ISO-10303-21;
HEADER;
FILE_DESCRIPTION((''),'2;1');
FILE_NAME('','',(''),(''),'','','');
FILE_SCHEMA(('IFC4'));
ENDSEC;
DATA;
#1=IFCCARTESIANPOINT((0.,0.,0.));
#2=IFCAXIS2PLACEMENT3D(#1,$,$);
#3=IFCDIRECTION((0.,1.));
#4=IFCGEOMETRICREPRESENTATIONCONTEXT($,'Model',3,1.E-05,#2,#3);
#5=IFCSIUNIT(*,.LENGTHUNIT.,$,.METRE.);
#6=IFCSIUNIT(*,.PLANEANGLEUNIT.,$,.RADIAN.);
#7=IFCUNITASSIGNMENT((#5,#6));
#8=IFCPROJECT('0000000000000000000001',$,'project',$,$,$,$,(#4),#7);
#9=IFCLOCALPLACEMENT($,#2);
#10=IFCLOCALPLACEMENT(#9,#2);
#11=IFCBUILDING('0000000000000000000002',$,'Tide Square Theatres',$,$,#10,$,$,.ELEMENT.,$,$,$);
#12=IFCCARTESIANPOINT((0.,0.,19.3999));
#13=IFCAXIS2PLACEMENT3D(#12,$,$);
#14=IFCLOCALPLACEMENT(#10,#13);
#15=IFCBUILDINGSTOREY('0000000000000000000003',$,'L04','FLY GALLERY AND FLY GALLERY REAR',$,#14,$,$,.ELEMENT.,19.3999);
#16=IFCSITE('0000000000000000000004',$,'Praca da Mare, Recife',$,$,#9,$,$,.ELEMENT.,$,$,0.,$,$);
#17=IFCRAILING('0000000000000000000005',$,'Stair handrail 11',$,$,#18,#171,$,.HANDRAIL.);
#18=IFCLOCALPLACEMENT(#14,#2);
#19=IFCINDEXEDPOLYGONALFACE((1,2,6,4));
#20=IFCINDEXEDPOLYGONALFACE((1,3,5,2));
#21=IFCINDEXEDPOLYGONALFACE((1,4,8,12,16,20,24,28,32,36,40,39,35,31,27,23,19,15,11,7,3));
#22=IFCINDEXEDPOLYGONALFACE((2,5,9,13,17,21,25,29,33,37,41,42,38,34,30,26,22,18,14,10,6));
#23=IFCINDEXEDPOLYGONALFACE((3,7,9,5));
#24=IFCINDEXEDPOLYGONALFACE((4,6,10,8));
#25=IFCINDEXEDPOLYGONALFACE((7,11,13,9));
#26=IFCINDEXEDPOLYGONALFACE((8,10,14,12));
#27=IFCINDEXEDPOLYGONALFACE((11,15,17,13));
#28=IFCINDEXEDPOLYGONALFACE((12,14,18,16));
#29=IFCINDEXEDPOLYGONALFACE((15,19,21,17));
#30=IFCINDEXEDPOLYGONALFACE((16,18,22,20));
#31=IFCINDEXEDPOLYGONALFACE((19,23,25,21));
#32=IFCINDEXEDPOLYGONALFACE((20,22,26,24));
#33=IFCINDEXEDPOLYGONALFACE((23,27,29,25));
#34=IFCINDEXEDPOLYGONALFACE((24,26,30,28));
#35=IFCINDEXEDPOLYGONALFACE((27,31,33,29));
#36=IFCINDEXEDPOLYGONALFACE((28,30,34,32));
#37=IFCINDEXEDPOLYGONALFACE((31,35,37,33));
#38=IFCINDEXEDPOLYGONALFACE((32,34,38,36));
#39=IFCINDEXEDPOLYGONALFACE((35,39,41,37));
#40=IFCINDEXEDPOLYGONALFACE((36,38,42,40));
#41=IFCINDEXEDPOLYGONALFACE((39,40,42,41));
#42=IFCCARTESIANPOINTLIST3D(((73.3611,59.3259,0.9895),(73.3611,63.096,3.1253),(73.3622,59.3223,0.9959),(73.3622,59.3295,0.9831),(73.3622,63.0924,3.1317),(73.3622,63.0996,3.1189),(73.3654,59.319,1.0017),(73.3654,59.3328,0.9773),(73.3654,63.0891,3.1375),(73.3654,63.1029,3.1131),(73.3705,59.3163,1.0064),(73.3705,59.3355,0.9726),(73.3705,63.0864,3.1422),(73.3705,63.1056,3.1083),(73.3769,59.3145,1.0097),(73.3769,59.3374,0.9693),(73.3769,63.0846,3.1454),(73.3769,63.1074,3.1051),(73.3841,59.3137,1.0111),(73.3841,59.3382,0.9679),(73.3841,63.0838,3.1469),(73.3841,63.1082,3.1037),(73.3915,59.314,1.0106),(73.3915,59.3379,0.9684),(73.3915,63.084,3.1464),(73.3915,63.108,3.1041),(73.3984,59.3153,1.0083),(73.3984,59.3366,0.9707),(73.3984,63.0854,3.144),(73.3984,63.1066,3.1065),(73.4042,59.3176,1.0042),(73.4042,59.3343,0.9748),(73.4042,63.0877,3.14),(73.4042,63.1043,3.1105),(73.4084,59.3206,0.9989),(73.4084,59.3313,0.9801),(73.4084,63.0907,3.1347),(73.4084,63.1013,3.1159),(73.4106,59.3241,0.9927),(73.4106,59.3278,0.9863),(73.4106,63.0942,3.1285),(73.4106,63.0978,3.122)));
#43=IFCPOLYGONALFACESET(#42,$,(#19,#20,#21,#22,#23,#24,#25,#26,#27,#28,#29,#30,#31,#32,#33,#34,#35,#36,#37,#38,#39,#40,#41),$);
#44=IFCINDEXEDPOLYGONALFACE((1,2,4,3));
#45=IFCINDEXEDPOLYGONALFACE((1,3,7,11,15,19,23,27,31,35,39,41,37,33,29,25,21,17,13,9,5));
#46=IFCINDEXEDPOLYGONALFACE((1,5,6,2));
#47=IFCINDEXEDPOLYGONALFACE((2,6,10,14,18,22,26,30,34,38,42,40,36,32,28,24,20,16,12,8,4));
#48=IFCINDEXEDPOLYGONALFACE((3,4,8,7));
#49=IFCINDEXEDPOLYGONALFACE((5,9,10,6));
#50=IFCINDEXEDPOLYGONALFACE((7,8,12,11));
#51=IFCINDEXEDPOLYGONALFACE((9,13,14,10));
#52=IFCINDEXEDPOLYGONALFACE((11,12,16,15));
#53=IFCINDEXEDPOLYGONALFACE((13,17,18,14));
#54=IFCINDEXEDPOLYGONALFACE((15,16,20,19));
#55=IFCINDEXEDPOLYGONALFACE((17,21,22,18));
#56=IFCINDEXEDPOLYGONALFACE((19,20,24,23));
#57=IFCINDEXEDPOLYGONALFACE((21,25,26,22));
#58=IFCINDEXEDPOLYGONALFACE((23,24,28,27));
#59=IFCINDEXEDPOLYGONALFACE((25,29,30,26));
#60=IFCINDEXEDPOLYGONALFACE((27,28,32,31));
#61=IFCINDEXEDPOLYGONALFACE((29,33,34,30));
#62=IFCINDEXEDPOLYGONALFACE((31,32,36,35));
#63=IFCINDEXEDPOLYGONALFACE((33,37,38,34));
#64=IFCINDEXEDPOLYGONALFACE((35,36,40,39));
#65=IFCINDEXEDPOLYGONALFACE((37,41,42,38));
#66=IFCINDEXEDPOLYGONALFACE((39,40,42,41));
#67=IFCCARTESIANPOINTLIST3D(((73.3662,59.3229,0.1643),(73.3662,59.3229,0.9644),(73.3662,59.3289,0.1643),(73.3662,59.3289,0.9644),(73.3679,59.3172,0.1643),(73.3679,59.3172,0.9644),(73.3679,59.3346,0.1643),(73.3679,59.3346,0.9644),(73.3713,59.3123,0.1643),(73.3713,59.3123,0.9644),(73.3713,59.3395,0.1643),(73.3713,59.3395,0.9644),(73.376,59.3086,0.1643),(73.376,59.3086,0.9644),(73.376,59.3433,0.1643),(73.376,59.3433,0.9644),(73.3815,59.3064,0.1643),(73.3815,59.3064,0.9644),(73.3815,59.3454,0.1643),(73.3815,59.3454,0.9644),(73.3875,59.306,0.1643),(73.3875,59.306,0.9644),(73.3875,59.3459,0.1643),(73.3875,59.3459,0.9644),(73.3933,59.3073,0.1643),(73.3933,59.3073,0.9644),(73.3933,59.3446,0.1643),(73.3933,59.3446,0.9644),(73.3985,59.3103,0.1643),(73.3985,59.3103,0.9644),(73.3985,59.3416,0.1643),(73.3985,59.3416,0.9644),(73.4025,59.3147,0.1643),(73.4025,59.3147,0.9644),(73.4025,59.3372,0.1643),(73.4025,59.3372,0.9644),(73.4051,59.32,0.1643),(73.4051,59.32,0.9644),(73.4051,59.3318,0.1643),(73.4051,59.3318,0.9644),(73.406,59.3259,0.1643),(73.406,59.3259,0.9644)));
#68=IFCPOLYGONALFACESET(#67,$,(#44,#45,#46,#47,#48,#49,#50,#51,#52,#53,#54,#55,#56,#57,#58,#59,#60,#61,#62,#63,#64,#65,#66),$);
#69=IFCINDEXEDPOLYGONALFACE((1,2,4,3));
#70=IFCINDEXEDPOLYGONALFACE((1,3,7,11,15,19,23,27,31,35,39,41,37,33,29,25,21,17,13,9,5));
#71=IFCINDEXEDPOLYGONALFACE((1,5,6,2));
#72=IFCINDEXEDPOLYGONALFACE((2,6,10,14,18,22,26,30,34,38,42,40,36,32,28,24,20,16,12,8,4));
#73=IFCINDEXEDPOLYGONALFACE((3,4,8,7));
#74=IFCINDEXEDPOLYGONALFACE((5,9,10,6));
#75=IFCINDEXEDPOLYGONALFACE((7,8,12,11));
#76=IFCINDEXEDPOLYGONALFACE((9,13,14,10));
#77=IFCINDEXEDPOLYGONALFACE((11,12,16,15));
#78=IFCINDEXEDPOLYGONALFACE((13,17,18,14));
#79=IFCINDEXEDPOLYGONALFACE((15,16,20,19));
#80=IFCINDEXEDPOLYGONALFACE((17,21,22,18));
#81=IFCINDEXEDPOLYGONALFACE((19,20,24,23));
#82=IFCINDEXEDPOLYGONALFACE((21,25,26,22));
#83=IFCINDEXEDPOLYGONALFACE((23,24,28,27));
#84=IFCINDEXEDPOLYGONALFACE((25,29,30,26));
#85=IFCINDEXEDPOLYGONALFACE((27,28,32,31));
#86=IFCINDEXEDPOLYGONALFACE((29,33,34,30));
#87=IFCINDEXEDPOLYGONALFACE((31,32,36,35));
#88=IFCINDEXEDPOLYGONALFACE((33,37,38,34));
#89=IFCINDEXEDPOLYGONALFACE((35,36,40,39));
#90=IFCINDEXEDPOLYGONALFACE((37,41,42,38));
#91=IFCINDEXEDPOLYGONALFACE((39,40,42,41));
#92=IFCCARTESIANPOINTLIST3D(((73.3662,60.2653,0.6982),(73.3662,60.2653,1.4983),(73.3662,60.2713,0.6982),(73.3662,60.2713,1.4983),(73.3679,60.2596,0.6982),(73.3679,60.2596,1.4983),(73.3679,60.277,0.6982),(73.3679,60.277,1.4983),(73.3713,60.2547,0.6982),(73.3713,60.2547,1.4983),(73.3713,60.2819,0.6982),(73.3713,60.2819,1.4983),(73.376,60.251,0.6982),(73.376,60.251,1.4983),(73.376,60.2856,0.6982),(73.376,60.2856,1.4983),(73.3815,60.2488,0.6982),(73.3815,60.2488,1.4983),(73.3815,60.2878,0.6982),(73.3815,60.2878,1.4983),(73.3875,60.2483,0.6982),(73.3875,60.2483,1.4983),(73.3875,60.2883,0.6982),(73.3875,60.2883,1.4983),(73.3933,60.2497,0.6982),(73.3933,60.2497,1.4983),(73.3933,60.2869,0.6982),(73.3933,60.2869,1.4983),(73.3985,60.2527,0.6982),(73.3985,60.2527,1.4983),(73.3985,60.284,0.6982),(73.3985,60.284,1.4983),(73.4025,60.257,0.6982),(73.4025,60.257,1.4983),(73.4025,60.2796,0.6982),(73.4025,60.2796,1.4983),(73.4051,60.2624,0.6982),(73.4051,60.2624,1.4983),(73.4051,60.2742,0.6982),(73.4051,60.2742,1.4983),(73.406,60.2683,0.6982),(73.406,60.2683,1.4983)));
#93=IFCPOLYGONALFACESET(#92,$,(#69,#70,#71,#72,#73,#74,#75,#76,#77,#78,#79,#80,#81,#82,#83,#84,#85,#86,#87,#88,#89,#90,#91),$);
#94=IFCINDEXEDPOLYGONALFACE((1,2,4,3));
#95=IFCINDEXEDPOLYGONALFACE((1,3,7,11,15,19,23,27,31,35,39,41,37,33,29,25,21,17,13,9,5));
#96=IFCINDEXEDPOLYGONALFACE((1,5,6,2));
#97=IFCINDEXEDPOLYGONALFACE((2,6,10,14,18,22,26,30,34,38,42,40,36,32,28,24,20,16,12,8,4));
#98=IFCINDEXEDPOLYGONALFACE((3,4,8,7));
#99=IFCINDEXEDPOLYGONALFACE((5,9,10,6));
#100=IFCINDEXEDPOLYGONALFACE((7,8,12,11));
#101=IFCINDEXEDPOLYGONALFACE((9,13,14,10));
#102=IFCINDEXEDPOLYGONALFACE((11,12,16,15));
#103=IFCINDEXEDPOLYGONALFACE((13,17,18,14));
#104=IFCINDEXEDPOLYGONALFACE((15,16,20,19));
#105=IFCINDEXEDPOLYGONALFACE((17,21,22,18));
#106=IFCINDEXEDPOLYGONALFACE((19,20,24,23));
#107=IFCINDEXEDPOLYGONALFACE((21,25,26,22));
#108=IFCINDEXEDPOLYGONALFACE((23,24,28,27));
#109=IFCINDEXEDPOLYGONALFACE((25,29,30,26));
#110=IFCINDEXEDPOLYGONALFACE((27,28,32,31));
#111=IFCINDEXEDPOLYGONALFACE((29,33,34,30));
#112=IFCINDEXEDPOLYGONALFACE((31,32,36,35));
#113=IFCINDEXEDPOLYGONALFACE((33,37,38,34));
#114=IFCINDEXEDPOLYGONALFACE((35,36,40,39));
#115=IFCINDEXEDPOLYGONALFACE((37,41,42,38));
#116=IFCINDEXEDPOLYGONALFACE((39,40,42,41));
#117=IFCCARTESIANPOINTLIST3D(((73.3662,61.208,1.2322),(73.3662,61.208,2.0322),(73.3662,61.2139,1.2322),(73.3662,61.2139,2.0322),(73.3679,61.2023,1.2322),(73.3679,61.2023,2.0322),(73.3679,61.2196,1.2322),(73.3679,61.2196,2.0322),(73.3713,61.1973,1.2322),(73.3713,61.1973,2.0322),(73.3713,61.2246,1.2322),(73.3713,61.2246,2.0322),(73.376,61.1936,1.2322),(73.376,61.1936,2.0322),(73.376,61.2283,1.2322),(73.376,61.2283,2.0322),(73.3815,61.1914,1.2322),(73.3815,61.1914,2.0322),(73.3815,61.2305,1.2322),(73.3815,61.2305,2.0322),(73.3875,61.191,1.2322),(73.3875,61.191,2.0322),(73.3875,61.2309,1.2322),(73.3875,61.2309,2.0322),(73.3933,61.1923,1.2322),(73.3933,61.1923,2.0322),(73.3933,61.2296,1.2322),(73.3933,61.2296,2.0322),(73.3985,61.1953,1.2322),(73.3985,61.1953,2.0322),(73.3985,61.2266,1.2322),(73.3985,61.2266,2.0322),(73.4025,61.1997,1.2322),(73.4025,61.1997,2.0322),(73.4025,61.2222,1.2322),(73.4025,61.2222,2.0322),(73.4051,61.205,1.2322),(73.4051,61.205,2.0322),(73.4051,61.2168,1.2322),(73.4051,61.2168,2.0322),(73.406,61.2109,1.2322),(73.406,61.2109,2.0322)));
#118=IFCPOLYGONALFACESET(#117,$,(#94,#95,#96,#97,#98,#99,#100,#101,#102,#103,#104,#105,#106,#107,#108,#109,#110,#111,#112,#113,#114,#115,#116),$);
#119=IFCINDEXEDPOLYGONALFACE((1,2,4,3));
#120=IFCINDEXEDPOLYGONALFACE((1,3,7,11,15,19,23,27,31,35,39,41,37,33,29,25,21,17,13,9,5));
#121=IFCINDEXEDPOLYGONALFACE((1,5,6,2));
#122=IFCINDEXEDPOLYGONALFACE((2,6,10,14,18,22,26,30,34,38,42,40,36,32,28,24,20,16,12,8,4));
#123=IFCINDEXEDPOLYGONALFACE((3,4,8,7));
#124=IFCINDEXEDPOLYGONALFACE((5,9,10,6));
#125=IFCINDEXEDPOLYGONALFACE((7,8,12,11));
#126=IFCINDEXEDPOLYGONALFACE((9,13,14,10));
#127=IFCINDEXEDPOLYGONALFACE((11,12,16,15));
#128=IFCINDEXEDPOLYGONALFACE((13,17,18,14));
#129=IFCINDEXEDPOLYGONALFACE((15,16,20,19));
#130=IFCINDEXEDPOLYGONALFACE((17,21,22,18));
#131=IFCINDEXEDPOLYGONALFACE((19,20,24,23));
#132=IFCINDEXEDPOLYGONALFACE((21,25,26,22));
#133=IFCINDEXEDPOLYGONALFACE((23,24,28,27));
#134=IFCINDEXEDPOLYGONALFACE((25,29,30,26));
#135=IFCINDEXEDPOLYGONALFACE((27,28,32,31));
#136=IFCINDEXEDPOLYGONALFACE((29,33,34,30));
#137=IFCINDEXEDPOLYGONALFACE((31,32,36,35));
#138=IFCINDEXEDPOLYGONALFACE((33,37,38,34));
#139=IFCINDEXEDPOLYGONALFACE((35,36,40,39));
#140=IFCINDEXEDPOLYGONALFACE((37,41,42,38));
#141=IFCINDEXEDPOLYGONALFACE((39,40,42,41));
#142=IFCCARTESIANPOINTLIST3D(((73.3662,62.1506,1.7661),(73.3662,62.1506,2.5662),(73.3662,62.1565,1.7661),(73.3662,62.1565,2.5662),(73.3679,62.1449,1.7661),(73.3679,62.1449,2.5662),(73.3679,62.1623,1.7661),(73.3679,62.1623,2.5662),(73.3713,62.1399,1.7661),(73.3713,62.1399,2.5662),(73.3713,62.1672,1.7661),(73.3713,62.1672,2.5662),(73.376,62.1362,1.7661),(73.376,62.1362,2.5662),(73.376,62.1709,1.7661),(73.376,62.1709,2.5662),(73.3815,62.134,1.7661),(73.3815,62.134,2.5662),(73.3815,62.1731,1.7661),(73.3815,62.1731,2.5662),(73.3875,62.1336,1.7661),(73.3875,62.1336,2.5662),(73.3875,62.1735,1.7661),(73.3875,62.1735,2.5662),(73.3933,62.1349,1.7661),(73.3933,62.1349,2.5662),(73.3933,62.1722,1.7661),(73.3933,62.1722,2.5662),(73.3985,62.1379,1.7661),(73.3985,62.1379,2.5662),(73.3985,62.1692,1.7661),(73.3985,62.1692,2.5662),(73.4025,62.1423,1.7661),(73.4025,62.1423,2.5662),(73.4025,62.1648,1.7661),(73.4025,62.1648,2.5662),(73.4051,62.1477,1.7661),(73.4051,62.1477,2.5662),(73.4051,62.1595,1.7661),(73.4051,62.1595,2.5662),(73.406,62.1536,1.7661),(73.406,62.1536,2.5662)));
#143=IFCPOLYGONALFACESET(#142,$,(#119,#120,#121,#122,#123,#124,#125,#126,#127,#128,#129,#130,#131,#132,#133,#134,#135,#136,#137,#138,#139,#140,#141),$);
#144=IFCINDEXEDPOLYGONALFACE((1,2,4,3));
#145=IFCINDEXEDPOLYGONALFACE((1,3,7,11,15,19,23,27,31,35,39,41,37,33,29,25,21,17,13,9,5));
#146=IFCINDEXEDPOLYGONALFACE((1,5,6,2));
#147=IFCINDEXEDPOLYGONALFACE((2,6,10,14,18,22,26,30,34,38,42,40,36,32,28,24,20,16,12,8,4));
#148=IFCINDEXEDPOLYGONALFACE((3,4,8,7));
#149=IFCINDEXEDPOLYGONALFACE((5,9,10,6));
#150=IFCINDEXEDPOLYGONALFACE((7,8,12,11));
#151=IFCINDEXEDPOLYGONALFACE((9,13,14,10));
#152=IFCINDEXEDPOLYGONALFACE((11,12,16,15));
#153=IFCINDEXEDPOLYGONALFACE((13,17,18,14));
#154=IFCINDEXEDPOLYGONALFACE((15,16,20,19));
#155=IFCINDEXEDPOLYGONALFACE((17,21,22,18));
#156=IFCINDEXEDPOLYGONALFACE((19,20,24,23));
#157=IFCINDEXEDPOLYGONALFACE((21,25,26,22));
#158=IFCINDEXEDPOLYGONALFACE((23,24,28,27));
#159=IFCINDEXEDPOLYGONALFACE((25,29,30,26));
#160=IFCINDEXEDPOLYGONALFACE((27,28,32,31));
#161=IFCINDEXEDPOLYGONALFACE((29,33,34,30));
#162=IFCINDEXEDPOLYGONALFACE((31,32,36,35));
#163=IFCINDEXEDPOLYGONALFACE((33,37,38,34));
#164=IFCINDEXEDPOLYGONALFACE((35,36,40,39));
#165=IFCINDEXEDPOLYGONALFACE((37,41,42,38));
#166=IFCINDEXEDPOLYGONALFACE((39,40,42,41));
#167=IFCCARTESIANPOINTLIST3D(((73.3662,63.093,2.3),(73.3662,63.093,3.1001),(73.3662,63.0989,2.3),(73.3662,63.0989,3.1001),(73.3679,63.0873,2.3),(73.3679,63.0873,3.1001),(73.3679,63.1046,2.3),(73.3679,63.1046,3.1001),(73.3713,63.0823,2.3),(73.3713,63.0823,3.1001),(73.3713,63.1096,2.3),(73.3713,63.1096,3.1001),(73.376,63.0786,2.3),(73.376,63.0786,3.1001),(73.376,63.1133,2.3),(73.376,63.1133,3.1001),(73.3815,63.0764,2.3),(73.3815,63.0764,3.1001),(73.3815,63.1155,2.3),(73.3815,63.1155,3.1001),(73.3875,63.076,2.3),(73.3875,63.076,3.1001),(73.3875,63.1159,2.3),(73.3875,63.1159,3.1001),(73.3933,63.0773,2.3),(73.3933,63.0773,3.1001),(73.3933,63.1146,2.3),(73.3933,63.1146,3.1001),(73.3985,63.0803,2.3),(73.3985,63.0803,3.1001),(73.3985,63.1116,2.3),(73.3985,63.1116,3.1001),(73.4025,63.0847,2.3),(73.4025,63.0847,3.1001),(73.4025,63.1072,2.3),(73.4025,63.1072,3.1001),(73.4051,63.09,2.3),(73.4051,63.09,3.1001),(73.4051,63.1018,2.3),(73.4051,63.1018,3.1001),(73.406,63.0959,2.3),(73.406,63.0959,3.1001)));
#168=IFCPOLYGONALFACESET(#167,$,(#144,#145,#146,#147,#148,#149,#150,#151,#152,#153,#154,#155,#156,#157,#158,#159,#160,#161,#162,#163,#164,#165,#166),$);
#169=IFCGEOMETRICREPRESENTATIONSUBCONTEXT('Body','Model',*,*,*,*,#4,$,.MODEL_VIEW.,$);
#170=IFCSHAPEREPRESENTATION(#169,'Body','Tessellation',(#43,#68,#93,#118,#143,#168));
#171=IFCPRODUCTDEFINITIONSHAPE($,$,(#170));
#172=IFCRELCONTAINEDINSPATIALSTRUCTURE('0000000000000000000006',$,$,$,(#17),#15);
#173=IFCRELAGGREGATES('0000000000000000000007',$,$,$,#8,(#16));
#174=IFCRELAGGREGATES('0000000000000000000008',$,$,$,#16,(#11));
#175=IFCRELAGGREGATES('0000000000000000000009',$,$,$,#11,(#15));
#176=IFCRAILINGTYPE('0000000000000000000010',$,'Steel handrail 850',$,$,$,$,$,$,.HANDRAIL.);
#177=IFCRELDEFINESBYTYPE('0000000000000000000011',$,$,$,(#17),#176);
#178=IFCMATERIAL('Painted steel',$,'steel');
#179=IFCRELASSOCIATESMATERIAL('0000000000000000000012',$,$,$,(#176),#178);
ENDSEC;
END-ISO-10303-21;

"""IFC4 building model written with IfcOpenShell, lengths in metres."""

from ifc_helpers import new_model, si_unit, direction, frame, origin, origin_2d, place, context, subcontext, project, spatial, circle, extrude, material, type_object, element, save


model = new_model("IFC4")

# Units and contexts
model_context = context("Model", 3, precision=1e-05, world=origin(), true_north=direction((0.0, 1.0)))
body_context = subcontext(model_context, "Body", "Model", "MODEL_VIEW")
ifc_project = project(units=[si_unit("LENGTHUNIT", "METRE"), si_unit("PLANEANGLEUNIT", "RADIAN")], contexts=[model_context])

# Site, building, storey
site_placement = place(None, origin())
site = spatial("IfcSite", under=ifc_project, at=site_placement, Name="Praca da Mare, Recife", CompositionType="ELEMENT", RefElevation=0.0)
building_placement = place(site_placement, origin())
building = spatial("IfcBuilding", under=site, at=building_placement, Name="Tide Square Theatres", CompositionType="ELEMENT")
storey_placement = place(building_placement, frame((0.0, 0.0, 19.3999)))
storey = spatial("IfcBuildingStorey", under=building, at=storey_placement, Name="L04", Description="FLY GALLERY AND FLY GALLERY REAR", CompositionType="ELEMENT", Elevation=19.3999)

# Railing
ifc_material_1 = material(Name="Painted steel", Category="steel")
railing_type_1 = type_object("IfcRailingType", Name="Steel handrail 850", PredefinedType="HANDRAIL", material=ifc_material_1)
for number, where, name in (
    (1, (73.386, 59.3259, 0.1643), "Stair handrail 11"),
):
    element("IfcRailing", number, at=place(storey_placement, frame(where)), inside=storey, type_object=railing_type_1, Name=name, PredefinedType="HANDRAIL", context=body_context, shape_type="SweptSolid", body=[
        extrude(circle(Radius=0.0249, at=origin_2d()), frame((0.0, 0.0, 0.8252), z_axis=(0.0, 0.870082, 0.492907), x_axis=(-1.0, 0.0, 0.0)), (0.0, 0.0, 1.0), 4.333),
        extrude(circle(Radius=0.02, at=origin_2d()), origin(), (0.0, 0.0, 1.0), 0.8),
        extrude(circle(Radius=0.02, at=origin_2d()), frame((0.0, 0.9424, 0.5339)), (0.0, 0.0, 1.0), 0.8),
        extrude(circle(Radius=0.02, at=origin_2d()), frame((0.0, 1.885, 1.0679)), (0.0, 0.0, 1.0), 0.8),
        extrude(circle(Radius=0.02, at=origin_2d()), frame((0.0, 2.8276, 1.6018)), (0.0, 0.0, 1.0), 0.8),
        extrude(circle(Radius=0.02, at=origin_2d()), frame((0.0, 3.77, 2.1357)), (0.0, 0.0, 1.0), 0.8),
    ])

save(model, "model.ifc")
